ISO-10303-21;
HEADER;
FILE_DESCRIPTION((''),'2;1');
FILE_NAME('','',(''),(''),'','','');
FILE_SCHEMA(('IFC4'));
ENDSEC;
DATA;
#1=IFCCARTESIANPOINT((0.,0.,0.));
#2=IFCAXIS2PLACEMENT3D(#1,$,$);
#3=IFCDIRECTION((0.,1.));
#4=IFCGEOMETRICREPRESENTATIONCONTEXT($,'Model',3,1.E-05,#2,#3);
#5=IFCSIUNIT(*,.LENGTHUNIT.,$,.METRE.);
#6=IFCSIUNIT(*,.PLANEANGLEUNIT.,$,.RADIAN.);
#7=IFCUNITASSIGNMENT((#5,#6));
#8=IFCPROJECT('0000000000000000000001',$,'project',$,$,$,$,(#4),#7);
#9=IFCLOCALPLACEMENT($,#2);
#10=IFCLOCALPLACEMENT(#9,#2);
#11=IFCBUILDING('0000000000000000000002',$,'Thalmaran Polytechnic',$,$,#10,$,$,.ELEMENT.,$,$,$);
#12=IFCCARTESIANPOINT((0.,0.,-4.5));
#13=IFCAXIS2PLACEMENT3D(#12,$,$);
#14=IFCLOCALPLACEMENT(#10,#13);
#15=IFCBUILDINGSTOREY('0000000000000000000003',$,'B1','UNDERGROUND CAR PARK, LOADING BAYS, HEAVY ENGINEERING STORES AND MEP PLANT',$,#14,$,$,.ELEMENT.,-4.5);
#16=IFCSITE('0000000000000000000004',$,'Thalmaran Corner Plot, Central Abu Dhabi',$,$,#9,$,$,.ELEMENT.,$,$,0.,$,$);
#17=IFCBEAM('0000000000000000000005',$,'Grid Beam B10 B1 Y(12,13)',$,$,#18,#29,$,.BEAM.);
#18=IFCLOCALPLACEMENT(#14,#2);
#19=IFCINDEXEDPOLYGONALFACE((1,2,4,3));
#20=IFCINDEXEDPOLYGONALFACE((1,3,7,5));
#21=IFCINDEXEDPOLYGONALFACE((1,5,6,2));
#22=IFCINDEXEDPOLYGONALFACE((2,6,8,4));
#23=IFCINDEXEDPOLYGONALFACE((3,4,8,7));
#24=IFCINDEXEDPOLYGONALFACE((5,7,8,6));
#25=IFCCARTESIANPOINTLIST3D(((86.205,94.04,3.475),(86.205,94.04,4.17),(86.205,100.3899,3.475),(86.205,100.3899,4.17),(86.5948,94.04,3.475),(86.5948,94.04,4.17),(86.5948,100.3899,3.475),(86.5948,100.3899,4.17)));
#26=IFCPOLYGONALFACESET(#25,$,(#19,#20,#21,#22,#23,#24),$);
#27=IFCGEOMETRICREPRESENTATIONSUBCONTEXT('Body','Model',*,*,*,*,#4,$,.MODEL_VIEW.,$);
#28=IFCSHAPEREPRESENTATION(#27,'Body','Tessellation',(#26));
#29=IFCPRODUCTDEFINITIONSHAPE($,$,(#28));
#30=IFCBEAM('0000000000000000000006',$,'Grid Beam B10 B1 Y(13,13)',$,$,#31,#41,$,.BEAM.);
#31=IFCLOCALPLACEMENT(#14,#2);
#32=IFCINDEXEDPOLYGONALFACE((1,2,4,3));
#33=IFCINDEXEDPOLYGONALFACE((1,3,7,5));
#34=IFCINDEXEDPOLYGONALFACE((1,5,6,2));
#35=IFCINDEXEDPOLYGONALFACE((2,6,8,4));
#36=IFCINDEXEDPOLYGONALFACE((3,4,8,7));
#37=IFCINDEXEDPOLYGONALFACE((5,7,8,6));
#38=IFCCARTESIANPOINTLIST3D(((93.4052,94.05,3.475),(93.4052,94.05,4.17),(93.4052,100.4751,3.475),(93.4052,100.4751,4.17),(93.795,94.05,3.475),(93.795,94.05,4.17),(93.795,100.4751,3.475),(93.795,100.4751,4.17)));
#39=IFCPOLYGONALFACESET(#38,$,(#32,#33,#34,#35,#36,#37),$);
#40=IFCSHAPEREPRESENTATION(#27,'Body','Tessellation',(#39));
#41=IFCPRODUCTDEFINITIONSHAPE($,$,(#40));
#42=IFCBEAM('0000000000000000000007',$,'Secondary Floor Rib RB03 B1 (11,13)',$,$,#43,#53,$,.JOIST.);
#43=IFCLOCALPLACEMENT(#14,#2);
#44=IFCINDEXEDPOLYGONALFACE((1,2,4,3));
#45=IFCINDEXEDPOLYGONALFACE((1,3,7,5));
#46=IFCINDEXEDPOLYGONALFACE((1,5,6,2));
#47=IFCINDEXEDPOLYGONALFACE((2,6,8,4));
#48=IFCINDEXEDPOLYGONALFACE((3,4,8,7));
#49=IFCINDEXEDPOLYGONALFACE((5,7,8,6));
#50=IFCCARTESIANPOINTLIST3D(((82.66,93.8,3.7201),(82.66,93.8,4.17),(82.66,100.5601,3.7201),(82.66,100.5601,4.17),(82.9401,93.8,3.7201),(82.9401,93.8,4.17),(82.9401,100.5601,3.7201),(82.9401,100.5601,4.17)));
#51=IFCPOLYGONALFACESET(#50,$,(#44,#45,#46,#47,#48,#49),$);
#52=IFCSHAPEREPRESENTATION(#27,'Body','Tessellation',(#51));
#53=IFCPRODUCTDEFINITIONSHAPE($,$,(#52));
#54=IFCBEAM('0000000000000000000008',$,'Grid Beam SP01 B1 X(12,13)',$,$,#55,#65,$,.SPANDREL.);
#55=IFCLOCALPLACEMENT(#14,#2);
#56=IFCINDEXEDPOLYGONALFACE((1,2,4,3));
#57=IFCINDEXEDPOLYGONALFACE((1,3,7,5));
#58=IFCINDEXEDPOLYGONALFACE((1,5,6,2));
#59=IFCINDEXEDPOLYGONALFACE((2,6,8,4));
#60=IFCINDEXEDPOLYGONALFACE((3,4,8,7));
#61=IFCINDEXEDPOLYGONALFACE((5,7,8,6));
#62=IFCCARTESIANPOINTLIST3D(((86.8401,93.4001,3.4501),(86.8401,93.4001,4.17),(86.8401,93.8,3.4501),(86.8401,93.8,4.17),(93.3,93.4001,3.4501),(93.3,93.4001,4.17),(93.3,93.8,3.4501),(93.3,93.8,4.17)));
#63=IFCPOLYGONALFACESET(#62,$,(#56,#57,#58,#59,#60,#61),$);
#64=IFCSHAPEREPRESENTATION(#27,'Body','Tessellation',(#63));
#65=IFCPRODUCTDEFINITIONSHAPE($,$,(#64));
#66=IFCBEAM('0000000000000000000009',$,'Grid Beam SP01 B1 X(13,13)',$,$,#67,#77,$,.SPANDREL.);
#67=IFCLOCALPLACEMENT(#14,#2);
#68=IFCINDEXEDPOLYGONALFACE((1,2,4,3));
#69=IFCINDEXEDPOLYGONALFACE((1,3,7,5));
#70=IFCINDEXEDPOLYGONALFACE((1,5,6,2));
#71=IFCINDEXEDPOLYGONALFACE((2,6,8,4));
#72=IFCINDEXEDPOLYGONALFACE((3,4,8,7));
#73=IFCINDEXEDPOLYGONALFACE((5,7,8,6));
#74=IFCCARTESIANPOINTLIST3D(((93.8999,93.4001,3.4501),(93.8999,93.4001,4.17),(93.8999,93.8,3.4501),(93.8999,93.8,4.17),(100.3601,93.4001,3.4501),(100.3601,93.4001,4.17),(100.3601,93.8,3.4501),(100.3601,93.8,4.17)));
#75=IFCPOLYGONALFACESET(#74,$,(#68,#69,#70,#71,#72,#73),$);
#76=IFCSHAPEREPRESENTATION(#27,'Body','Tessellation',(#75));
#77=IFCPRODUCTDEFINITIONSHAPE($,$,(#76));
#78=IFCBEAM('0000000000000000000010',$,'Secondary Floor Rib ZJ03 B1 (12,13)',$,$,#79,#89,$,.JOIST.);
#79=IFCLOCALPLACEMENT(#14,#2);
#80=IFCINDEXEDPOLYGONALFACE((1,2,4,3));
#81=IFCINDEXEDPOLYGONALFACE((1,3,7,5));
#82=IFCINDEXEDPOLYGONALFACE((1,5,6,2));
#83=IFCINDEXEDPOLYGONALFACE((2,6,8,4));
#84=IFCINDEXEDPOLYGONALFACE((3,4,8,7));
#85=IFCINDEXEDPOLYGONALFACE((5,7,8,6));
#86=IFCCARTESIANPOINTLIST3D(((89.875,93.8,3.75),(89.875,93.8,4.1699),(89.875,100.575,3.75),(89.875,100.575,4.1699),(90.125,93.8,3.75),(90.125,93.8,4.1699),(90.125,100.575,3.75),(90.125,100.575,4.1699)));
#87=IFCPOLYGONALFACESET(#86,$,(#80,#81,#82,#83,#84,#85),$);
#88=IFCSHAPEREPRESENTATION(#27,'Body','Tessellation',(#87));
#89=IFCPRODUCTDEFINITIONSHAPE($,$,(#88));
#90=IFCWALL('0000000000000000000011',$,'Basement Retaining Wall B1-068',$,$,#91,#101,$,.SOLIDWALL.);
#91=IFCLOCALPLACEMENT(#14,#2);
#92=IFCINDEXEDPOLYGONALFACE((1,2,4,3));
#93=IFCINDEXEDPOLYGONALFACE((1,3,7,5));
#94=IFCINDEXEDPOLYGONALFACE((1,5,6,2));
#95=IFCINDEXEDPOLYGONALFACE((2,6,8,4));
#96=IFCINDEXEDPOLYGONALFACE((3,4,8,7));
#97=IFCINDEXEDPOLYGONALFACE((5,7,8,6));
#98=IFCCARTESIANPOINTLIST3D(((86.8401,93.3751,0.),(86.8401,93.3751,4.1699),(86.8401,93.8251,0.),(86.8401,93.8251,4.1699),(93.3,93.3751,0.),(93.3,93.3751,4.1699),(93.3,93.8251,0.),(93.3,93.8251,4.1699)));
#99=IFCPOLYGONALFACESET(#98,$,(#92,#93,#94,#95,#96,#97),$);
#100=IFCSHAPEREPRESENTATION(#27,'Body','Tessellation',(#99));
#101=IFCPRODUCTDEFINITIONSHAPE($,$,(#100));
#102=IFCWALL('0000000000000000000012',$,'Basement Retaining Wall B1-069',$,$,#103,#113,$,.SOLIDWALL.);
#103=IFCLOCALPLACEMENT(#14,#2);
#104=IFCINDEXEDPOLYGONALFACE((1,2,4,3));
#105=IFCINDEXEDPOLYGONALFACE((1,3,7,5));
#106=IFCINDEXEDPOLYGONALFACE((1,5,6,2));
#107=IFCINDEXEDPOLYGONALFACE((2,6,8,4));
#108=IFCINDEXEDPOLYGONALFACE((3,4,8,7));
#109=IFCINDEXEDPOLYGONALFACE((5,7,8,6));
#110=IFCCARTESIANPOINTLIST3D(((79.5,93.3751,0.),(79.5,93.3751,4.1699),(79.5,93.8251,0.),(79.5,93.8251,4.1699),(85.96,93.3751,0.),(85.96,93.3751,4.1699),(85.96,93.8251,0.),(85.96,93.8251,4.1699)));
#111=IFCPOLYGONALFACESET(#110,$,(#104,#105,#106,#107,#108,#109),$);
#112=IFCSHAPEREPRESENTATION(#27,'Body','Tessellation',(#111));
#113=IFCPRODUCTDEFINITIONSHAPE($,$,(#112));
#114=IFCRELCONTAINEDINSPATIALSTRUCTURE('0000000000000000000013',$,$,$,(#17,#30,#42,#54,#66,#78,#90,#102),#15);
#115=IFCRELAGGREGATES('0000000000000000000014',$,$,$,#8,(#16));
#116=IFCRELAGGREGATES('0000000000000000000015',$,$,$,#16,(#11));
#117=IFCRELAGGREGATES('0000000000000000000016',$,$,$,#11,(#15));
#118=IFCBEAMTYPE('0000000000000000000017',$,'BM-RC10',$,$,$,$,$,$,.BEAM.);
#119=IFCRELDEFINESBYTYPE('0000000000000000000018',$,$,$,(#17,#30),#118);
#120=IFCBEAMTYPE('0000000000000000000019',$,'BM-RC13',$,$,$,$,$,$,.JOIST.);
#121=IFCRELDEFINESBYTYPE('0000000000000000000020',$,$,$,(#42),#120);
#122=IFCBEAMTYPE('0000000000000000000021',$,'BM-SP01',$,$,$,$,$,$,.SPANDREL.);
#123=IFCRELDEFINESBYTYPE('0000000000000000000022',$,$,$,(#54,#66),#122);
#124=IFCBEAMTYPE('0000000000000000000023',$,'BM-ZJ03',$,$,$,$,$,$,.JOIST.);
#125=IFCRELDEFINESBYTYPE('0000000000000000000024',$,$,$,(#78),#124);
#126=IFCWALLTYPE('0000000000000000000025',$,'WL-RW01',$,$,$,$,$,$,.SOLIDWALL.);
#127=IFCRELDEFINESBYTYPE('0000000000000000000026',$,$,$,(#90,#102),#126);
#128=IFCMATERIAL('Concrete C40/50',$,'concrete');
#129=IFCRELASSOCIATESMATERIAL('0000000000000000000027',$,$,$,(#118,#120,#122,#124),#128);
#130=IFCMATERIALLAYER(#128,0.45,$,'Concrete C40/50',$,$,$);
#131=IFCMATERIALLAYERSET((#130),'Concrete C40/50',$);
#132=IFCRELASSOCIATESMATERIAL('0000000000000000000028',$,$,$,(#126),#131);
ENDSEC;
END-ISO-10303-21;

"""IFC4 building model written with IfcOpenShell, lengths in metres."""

from ifc_helpers import new_model, si_unit, direction, frame, frame_2d, origin, origin_2d, place, context, subcontext, project, spatial, rectangle, extrude, material, layer, layer_set, material_profile, profile_set, type_object, element, save


model = new_model("IFC4")

# Units and contexts
model_context = context("Model", 3, precision=1e-05, world=origin(), true_north=direction((0.0, 1.0)))
body_context = subcontext(model_context, "Body", "Model", "MODEL_VIEW")
ifc_project = project(units=[si_unit("LENGTHUNIT", "METRE"), si_unit("PLANEANGLEUNIT", "RADIAN")], contexts=[model_context])

# Site, building, storey
site_placement = place(None, origin())
site = spatial("IfcSite", under=ifc_project, at=site_placement, Name="Thalmaran Corner Plot, Central Abu Dhabi", CompositionType="ELEMENT", RefElevation=0.0)
building_placement = place(site_placement, origin())
building = spatial("IfcBuilding", under=site, at=building_placement, Name="Thalmaran Polytechnic", CompositionType="ELEMENT")
storey_placement = place(building_placement, frame((0.0, 0.0, -4.5)))
storey = spatial("IfcBuildingStorey", under=building, at=storey_placement, Name="B1", Description="UNDERGROUND CAR PARK, LOADING BAYS, HEAVY ENGINEERING STORES AND MEP PLANT", CompositionType="ELEMENT", Elevation=-4.5)

# Shared definitions
ifc_material_1 = material(Name="Concrete C40/50", Category="concrete")

# Beams
ifc_material_profile_1 = material_profile(ifc_material_1, rectangle(XDim=0.3899, YDim=0.6951, at=origin_2d()), Name="RC 390x695")
ifc_profile_set_1 = profile_set([ifc_material_profile_1], Name="Concrete C40/50")
beam_type_1 = type_object("IfcBeamType", Name="BM-RC10", PredefinedType="BEAM", material=ifc_profile_set_1)
beam_1_placement = place(storey_placement, frame((86.3999, 94.04, 3.8225), z_axis=(0.0, 1.0, 0.0), x_axis=(-1.0, 0.0, 0.0)))
element("IfcBeam", 1, at=beam_1_placement, inside=storey, type_object=beam_type_1, Name="Grid Beam B10 B1 Y(12,13)", PredefinedType="BEAM", context=body_context, shape_type="SweptSolid", body=[
    extrude(rectangle(XDim=0.3899, YDim=0.6951, at=origin_2d()), origin(), (0.0, 0.0, 1.0), 6.3499),
])
beam_2_placement = place(storey_placement, frame((93.6001, 94.05, 3.8225), z_axis=(0.0, 1.0, 0.0), x_axis=(-1.0, 0.0, 0.0)))
element("IfcBeam", 2, at=beam_2_placement, inside=storey, type_object=beam_type_1, Name="Grid Beam B10 B1 Y(13,13)", PredefinedType="BEAM", context=body_context, shape_type="SweptSolid", body=[
    extrude(rectangle(XDim=0.3899, YDim=0.6951, at=origin_2d()), origin(), (0.0, 0.0, 1.0), 6.425),
])
ifc_material_profile_2 = material_profile(ifc_material_1, rectangle(XDim=0.28, YDim=0.45, at=origin_2d()), Name="RC 280x450")
ifc_profile_set_2 = profile_set([ifc_material_profile_2], Name="Concrete C40/50")
beam_type_2 = type_object("IfcBeamType", Name="BM-RC13", PredefinedType="JOIST", material=ifc_profile_set_2)
beam_3_placement = place(storey_placement, frame((82.8, 93.8, 3.9451), z_axis=(0.0, 1.0, 0.0), x_axis=(-1.0, 0.0, 0.0)))
element("IfcBeam", 3, at=beam_3_placement, inside=storey, type_object=beam_type_2, Name="Secondary Floor Rib RB03 B1 (11,13)", PredefinedType="JOIST", context=body_context, shape_type="SweptSolid", body=[
    extrude(rectangle(XDim=0.28, YDim=0.45, at=origin_2d()), origin(), (0.0, 0.0, 1.0), 6.76),
])
ifc_material_profile_3 = material_profile(ifc_material_1, rectangle(XDim=0.3999, YDim=0.72, at=origin_2d()), Name="RC 400x720")
ifc_profile_set_3 = profile_set([ifc_material_profile_3], Name="Concrete C40/50")
beam_type_3 = type_object("IfcBeamType", Name="BM-SP01", PredefinedType="SPANDREL", material=ifc_profile_set_3)
beam_4_placement = place(storey_placement, frame((86.8401, 93.6001, 3.8101), z_axis=(1.0, 0.0, 0.0), x_axis=(0.0, 1.0, 0.0)))
element("IfcBeam", 4, at=beam_4_placement, inside=storey, type_object=beam_type_3, Name="Grid Beam SP01 B1 X(12,13)", PredefinedType="SPANDREL", context=body_context, shape_type="SweptSolid", body=[
    extrude(rectangle(XDim=0.3999, YDim=0.72, at=origin_2d()), origin(), (0.0, 0.0, 1.0), 6.46),
])
beam_5_placement = place(storey_placement, frame((93.8999, 93.6001, 3.8101), z_axis=(1.0, 0.0, 0.0), x_axis=(0.0, 1.0, 0.0)))
element("IfcBeam", 5, at=beam_5_placement, inside=storey, type_object=beam_type_3, Name="Grid Beam SP01 B1 X(13,13)", PredefinedType="SPANDREL", context=body_context, shape_type="SweptSolid", body=[
    extrude(rectangle(XDim=0.3999, YDim=0.72, at=origin_2d()), origin(), (0.0, 0.0, 1.0), 6.4602),
])
ifc_material_profile_4 = material_profile(ifc_material_1, rectangle(XDim=0.25, YDim=0.4199, at=origin_2d()), Name="RC 250x420")
ifc_profile_set_4 = profile_set([ifc_material_profile_4], Name="Concrete C40/50")
beam_type_4 = type_object("IfcBeamType", Name="BM-ZJ03", PredefinedType="JOIST", material=ifc_profile_set_4)
beam_6_placement = place(storey_placement, frame((90.0, 93.8, 3.96), z_axis=(0.0, 1.0, 0.0), x_axis=(-1.0, 0.0, 0.0)))
element("IfcBeam", 6, at=beam_6_placement, inside=storey, type_object=beam_type_4, Name="Secondary Floor Rib ZJ03 B1 (12,13)", PredefinedType="JOIST", context=body_context, shape_type="SweptSolid", body=[
    extrude(rectangle(XDim=0.25, YDim=0.4199, at=origin_2d()), origin(), (0.0, 0.0, 1.0), 6.7749),
])

# Walls
ifc_layer = layer(ifc_material_1, 0.45, Name="Concrete C40/50")
ifc_layer_set = layer_set([ifc_layer], Name="Concrete C40/50")
wall_type = type_object("IfcWallType", Name="WL-RW01", PredefinedType="SOLIDWALL", material=ifc_layer_set)
for number, where, z_axis, x_axis, name in (
    (7, (93.3, 93.6001, 0.0), (0.0, 0.0, 1.0), (-1.0, 0.0, 0.0), "Basement Retaining Wall B1-068"),
    (8, (85.96, 93.6001, 0.0), (0.0, 0.0, 1.0), (-1.0, 0.0, 0.0), "Basement Retaining Wall B1-069"),
):
    element("IfcWall", number, at=place(storey_placement, frame(where, z_axis=z_axis, x_axis=x_axis)), inside=storey, type_object=wall_type, Name=name, PredefinedType="SOLIDWALL", context=body_context, shape_type="SweptSolid", body=[
        extrude(rectangle(XDim=6.46, YDim=0.45, at=frame_2d((3.23, 0.0))), origin(), (0.0, 0.0, 1.0), 4.1699),
    ])

save(model, "model.ifc")
